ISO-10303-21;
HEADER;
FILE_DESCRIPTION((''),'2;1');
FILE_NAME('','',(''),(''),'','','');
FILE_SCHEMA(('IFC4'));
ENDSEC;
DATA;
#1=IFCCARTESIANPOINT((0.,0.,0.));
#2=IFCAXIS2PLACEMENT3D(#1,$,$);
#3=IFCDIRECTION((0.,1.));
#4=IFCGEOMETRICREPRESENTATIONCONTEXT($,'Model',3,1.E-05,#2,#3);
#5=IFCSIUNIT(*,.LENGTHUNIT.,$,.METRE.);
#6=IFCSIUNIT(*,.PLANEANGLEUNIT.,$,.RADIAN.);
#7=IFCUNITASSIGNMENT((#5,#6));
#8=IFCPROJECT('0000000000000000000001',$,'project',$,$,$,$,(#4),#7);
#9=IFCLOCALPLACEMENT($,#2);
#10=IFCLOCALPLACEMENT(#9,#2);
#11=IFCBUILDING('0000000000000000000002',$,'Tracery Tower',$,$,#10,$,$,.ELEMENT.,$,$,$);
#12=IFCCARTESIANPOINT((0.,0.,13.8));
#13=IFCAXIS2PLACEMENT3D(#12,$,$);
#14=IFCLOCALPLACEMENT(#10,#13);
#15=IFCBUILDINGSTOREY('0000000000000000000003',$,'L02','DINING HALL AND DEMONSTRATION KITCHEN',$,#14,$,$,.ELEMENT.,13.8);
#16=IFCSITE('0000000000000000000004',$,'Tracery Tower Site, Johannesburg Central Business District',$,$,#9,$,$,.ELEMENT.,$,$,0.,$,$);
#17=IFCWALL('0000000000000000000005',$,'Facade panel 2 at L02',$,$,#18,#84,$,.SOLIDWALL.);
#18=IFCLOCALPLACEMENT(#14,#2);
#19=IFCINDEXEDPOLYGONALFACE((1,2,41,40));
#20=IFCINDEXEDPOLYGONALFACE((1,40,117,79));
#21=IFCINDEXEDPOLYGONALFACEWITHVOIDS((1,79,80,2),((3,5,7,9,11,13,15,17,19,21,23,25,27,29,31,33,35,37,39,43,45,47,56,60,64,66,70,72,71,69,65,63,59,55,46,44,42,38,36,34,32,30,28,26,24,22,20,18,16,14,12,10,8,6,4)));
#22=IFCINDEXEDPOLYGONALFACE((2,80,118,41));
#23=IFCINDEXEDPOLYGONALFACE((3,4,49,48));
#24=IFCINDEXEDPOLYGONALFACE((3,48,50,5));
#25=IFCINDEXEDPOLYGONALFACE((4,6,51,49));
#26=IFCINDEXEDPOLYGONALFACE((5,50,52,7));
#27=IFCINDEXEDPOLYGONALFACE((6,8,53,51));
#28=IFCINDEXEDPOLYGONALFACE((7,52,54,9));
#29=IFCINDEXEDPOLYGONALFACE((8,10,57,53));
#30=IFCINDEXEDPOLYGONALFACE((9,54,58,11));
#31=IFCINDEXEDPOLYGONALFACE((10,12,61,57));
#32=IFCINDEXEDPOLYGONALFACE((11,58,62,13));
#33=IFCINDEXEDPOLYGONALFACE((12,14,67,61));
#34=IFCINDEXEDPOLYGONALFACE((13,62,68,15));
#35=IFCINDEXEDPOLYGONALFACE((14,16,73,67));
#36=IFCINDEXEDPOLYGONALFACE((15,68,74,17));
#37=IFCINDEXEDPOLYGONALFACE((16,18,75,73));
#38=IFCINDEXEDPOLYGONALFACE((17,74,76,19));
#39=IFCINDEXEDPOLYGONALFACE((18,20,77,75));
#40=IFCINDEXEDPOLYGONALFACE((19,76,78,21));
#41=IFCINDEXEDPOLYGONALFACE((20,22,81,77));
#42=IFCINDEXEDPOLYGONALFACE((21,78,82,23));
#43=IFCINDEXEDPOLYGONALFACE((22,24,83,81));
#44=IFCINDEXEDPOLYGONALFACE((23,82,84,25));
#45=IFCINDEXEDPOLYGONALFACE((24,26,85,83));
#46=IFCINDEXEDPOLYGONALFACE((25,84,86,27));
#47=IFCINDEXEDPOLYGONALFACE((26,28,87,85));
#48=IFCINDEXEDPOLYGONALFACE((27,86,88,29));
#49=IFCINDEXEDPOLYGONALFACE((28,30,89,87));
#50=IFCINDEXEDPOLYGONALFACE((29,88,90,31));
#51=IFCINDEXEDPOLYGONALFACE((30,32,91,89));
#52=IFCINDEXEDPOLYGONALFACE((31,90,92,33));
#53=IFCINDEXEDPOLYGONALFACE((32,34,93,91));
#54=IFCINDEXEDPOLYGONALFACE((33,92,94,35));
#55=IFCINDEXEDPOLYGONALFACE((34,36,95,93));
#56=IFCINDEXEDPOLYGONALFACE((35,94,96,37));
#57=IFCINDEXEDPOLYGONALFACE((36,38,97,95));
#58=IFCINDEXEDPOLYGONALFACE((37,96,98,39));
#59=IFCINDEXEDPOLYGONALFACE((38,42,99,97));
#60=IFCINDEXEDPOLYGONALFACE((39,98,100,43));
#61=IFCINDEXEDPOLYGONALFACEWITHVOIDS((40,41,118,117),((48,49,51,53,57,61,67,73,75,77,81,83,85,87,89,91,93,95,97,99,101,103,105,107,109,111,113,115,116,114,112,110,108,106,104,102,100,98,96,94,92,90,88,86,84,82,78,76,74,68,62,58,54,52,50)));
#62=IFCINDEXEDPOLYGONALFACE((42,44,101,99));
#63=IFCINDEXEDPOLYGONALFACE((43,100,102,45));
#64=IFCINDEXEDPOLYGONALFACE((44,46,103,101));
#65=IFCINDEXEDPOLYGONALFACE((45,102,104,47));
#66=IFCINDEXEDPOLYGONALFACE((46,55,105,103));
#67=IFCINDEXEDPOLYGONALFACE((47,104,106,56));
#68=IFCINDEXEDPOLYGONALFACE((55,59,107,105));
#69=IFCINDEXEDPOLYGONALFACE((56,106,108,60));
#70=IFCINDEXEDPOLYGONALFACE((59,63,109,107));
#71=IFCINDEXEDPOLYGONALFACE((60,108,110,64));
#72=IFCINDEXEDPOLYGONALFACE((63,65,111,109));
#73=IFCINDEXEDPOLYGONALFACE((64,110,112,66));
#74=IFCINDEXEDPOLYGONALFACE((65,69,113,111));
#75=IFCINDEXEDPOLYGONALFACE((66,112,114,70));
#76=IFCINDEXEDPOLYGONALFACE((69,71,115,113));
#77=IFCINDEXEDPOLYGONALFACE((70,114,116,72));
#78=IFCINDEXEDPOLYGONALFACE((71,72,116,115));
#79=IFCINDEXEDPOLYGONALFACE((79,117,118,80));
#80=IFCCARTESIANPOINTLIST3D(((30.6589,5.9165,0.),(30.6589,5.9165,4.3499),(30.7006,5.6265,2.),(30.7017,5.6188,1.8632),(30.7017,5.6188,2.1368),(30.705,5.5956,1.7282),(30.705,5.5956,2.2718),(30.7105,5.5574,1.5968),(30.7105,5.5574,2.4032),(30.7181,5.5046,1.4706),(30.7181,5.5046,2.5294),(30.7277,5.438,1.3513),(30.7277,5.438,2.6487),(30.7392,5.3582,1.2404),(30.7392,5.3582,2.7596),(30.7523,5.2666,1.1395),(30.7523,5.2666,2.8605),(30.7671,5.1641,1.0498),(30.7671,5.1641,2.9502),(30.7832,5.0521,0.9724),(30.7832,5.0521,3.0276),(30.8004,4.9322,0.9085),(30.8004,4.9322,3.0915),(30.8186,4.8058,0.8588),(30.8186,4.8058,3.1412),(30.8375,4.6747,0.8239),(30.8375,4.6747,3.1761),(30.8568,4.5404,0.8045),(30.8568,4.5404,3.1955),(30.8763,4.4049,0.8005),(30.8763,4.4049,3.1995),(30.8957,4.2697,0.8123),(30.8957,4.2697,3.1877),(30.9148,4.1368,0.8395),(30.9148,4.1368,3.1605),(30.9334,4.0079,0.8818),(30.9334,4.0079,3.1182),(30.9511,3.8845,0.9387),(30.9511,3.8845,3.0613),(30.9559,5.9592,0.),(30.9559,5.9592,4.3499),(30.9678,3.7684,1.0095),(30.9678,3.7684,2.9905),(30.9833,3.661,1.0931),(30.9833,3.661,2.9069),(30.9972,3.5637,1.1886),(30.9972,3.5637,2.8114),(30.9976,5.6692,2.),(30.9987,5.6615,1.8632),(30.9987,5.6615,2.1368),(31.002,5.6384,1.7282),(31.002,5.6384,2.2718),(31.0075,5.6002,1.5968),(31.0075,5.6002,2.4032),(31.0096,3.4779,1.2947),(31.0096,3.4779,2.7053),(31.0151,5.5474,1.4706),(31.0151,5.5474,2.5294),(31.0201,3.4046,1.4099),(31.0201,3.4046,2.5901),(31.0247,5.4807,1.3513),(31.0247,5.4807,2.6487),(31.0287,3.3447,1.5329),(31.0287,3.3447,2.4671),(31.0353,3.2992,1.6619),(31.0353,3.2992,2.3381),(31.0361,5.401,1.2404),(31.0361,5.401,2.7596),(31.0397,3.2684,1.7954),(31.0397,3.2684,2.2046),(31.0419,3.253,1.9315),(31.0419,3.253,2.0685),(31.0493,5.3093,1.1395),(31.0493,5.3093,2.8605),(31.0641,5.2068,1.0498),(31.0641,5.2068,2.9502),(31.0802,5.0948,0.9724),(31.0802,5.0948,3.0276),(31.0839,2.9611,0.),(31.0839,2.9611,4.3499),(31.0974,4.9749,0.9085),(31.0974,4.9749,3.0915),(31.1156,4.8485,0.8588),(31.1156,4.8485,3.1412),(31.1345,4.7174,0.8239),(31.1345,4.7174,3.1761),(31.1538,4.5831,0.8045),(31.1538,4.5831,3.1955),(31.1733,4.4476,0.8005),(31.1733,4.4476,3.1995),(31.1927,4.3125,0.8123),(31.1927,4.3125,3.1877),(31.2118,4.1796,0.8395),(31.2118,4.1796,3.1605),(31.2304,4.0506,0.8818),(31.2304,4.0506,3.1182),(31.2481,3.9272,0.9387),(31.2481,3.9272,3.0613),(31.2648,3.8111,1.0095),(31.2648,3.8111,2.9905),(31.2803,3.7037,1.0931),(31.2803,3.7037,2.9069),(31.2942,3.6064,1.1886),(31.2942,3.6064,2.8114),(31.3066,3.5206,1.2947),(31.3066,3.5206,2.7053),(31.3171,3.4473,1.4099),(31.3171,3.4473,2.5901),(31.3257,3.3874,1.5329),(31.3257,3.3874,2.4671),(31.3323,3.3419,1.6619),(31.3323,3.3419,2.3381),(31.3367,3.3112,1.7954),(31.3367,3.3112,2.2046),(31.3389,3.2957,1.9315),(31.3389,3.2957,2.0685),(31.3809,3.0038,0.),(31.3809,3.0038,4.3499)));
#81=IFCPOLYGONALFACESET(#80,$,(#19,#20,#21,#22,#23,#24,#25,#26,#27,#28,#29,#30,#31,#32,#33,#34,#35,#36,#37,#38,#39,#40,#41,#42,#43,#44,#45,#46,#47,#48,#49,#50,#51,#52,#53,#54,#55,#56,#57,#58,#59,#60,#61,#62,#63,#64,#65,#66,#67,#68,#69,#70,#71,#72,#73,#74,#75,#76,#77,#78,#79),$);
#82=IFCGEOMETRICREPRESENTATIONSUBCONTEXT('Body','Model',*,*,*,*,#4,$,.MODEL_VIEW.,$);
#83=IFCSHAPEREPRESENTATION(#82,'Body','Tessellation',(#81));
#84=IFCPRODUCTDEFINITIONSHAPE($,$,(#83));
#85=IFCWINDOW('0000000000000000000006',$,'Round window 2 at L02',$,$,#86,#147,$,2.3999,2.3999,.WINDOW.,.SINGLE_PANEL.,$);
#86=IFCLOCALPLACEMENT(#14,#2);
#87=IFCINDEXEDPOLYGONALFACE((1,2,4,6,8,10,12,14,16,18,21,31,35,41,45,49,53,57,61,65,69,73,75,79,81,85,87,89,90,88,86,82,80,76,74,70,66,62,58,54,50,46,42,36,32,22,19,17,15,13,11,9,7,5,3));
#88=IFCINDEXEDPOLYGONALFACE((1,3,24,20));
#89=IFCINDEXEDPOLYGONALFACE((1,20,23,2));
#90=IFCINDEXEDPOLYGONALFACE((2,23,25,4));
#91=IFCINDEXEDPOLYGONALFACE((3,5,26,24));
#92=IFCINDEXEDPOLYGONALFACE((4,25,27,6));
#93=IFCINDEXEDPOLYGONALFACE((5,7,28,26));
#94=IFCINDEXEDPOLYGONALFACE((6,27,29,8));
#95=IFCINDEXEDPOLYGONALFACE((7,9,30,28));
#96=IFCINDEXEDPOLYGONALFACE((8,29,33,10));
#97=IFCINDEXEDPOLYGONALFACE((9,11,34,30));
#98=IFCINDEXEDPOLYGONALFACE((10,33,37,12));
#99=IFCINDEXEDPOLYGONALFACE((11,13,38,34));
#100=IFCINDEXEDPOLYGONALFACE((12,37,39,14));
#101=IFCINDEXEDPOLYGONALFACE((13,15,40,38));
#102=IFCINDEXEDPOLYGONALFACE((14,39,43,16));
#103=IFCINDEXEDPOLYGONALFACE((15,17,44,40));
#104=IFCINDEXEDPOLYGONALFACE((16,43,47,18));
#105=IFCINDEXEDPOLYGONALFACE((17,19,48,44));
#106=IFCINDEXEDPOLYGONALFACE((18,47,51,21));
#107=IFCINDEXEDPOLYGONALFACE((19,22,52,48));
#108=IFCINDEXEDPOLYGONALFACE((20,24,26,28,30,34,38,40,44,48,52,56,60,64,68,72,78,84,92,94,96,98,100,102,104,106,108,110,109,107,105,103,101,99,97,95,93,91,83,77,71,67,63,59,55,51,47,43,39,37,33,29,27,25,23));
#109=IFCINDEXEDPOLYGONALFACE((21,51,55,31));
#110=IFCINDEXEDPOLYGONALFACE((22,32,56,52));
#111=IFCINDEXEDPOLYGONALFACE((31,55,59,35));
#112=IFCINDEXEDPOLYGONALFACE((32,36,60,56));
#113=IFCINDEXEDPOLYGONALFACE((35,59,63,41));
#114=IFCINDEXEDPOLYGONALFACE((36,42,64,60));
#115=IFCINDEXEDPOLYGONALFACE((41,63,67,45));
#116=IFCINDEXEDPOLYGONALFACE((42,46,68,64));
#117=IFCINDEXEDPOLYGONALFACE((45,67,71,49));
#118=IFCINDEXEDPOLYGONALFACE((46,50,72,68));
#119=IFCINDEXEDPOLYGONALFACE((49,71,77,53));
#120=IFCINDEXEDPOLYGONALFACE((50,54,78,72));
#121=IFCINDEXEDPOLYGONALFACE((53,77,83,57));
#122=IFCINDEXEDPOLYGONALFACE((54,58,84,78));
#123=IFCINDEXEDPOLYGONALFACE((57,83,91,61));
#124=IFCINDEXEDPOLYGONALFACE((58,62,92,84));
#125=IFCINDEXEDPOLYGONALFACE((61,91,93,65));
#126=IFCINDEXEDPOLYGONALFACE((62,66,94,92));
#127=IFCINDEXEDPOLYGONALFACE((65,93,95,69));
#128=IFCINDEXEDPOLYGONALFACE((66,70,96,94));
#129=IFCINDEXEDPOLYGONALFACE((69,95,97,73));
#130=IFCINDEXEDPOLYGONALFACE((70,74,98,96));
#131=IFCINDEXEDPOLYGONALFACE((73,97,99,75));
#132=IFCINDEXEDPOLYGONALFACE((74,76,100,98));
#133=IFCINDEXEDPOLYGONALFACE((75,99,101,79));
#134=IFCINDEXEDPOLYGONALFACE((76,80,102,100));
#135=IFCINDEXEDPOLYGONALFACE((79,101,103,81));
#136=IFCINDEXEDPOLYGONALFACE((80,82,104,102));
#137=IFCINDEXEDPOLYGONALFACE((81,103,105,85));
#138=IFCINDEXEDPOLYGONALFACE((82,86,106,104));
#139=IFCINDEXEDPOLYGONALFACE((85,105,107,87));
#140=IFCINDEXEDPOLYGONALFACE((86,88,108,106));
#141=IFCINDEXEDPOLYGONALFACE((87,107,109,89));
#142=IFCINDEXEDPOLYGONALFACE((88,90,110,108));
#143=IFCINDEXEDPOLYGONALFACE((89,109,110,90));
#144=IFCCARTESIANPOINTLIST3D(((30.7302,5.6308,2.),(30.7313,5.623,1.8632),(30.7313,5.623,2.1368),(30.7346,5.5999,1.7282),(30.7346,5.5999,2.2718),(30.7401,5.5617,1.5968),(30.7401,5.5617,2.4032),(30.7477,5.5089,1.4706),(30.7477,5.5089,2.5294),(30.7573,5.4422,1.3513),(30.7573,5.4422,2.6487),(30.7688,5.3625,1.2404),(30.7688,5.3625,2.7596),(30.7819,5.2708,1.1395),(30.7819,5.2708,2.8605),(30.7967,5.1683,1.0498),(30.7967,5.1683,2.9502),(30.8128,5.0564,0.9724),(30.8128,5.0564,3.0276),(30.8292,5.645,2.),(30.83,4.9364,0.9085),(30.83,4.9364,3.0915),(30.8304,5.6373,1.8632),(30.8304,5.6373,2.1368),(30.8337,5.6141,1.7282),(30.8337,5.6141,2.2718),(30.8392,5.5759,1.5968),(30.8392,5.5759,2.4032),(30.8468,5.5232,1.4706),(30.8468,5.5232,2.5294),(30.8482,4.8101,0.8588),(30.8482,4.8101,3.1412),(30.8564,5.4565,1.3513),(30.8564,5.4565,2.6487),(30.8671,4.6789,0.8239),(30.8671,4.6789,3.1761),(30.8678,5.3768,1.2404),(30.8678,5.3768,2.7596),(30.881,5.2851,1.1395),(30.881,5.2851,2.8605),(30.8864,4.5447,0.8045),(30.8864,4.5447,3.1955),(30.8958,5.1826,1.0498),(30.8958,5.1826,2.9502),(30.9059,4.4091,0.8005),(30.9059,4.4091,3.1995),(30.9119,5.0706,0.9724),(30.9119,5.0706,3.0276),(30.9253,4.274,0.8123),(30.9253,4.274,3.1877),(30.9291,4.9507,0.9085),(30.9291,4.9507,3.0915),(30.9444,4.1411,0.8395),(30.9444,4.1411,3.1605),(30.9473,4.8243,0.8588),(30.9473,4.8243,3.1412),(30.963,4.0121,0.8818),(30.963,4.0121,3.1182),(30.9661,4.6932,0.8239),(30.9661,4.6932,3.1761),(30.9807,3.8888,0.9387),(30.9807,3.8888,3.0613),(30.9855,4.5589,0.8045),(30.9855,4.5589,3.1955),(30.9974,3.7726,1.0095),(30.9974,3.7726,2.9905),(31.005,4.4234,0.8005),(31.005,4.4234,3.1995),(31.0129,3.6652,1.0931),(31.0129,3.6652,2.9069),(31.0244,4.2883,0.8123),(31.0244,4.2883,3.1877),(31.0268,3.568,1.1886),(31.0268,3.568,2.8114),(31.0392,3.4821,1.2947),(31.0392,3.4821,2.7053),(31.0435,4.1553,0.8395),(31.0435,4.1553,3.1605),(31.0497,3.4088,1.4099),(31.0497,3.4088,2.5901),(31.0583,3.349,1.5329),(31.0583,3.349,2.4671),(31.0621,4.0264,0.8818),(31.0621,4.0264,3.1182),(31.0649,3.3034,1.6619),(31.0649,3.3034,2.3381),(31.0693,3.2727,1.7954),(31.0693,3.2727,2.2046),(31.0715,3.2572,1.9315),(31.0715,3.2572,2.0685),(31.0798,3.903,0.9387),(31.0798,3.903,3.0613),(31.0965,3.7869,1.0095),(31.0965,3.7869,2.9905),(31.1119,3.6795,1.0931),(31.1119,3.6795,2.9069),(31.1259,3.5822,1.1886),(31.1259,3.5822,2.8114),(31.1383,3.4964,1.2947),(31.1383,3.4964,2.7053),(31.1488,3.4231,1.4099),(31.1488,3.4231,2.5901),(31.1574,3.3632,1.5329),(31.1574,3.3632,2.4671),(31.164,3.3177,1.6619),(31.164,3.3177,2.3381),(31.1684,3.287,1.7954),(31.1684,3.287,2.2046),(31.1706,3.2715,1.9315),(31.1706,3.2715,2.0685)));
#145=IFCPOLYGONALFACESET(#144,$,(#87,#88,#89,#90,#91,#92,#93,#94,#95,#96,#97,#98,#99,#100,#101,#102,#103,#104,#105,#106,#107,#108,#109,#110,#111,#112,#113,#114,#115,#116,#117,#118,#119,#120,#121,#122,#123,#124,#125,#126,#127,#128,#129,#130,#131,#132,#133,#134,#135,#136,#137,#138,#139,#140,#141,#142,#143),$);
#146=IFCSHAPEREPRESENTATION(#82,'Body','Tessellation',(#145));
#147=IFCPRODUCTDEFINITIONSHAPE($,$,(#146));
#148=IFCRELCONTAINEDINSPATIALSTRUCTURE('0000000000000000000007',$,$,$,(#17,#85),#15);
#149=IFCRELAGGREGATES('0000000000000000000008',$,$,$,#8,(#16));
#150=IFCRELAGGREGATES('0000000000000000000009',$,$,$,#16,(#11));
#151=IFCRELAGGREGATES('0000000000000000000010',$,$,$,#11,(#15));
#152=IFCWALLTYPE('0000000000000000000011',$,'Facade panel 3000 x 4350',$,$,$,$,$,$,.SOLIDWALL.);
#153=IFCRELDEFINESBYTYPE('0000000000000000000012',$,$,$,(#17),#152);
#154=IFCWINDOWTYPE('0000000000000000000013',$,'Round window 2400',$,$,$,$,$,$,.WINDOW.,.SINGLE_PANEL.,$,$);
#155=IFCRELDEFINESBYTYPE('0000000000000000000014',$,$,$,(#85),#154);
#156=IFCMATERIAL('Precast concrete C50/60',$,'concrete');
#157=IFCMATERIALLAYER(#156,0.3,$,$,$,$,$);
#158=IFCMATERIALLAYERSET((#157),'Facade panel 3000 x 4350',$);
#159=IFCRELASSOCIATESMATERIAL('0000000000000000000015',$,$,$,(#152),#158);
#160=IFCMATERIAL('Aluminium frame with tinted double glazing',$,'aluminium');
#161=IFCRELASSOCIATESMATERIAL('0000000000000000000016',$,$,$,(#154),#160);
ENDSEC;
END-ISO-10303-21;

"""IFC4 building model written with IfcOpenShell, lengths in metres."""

from ifc_helpers import new_model, si_unit, direction, frame, frame_2d, origin, origin_2d, place, context, subcontext, project, spatial, rectangle, circle, extrude, material, layer, layer_set, type_object, element, fill, save


model = new_model("IFC4")

# Units and contexts
model_context = context("Model", 3, precision=1e-05, world=origin(), true_north=direction((0.0, 1.0)))
body_context = subcontext(model_context, "Body", "Model", "MODEL_VIEW")
ifc_project = project(units=[si_unit("LENGTHUNIT", "METRE"), si_unit("PLANEANGLEUNIT", "RADIAN")], contexts=[model_context])

# Site, building, storey
site_placement = place(None, origin())
site = spatial("IfcSite", under=ifc_project, at=site_placement, Name="Tracery Tower Site, Johannesburg Central Business District", CompositionType="ELEMENT", RefElevation=0.0)
building_placement = place(site_placement, origin())
building = spatial("IfcBuilding", under=site, at=building_placement, Name="Tracery Tower", CompositionType="ELEMENT")
storey_placement = place(building_placement, frame((0.0, 0.0, 13.8)))
storey = spatial("IfcBuildingStorey", under=building, at=storey_placement, Name="L02", Description="DINING HALL AND DEMONSTRATION KITCHEN", CompositionType="ELEMENT", Elevation=13.8)

# Wall, opening, window
ifc_material_1 = material(Name="Precast concrete C50/60", Category="concrete")
ifc_layer_1 = layer(ifc_material_1, 0.3)
ifc_layer_set_1 = layer_set([ifc_layer_1], Name="Facade panel 3000 x 4350")
wall_type_1 = type_object("IfcWallType", Name="Facade panel 3000 x 4350", PredefinedType="SOLIDWALL", material=ifc_layer_set_1)
ifc_material_2 = material(Name="Aluminium frame with tinted double glazing", Category="aluminium")
window_type = type_object("IfcWindowType", Name="Round window 2400", PartitioningType="SINGLE_PANEL", PredefinedType="WINDOW", material=ifc_material_2)
wall_1_placement = place(storey_placement, frame((31.2324, 2.9824, 0.0), z_axis=(0.0, 0.0, 1.0), x_axis=(-0.14236, 0.989815, 0.0)))
wall_1 = element("IfcWall", 1, at=wall_1_placement, inside=storey, type_object=wall_type_1, Name="Facade panel 2 at L02", PredefinedType="SOLIDWALL", context=body_context, shape_type="SweptSolid", body=[
    extrude(rectangle(XDim=2.9858, YDim=0.3, at=frame_2d((1.4929, 0.0))), origin(), (0.0, 0.0, 1.0), 4.3499),
])
opening_1_placement = place(wall_1_placement, frame((1.4929, 0.0, 2.0)))
opening_1 = element("IfcOpeningElement", 2, at=opening_1_placement, cuts=wall_1, PredefinedType="OPENING", context=body_context, shape_type="SweptSolid", body=[
    extrude(circle(Radius=1.2, at=origin_2d()), frame((0.0, 0.1599, 0.0), z_axis=(0.0, -1.0, 0.0), x_axis=(1.0, 0.0, 0.0)), (0.0, 0.0, 1.0), 0.3201),
])
window_1_placement = place(opening_1_placement, origin())
window_1 = element("IfcWindow", 3, at=window_1_placement, inside=storey, type_object=window_type, Name="Round window 2 at L02", OverallHeight=2.3999, OverallWidth=2.3999, PartitioningType="SINGLE_PANEL", PredefinedType="WINDOW", context=body_context, shape_type="SweptSolid", body=[
    extrude(circle(Radius=1.2, at=origin_2d()), frame((0.0, 0.1201, 0.0), z_axis=(0.0, -1.0, 0.0), x_axis=(1.0, 0.0, 0.0)), (0.0, 0.0, 1.0), 0.1001),
])
fill(opening_1, window_1)

save(model, "model.ifc")
